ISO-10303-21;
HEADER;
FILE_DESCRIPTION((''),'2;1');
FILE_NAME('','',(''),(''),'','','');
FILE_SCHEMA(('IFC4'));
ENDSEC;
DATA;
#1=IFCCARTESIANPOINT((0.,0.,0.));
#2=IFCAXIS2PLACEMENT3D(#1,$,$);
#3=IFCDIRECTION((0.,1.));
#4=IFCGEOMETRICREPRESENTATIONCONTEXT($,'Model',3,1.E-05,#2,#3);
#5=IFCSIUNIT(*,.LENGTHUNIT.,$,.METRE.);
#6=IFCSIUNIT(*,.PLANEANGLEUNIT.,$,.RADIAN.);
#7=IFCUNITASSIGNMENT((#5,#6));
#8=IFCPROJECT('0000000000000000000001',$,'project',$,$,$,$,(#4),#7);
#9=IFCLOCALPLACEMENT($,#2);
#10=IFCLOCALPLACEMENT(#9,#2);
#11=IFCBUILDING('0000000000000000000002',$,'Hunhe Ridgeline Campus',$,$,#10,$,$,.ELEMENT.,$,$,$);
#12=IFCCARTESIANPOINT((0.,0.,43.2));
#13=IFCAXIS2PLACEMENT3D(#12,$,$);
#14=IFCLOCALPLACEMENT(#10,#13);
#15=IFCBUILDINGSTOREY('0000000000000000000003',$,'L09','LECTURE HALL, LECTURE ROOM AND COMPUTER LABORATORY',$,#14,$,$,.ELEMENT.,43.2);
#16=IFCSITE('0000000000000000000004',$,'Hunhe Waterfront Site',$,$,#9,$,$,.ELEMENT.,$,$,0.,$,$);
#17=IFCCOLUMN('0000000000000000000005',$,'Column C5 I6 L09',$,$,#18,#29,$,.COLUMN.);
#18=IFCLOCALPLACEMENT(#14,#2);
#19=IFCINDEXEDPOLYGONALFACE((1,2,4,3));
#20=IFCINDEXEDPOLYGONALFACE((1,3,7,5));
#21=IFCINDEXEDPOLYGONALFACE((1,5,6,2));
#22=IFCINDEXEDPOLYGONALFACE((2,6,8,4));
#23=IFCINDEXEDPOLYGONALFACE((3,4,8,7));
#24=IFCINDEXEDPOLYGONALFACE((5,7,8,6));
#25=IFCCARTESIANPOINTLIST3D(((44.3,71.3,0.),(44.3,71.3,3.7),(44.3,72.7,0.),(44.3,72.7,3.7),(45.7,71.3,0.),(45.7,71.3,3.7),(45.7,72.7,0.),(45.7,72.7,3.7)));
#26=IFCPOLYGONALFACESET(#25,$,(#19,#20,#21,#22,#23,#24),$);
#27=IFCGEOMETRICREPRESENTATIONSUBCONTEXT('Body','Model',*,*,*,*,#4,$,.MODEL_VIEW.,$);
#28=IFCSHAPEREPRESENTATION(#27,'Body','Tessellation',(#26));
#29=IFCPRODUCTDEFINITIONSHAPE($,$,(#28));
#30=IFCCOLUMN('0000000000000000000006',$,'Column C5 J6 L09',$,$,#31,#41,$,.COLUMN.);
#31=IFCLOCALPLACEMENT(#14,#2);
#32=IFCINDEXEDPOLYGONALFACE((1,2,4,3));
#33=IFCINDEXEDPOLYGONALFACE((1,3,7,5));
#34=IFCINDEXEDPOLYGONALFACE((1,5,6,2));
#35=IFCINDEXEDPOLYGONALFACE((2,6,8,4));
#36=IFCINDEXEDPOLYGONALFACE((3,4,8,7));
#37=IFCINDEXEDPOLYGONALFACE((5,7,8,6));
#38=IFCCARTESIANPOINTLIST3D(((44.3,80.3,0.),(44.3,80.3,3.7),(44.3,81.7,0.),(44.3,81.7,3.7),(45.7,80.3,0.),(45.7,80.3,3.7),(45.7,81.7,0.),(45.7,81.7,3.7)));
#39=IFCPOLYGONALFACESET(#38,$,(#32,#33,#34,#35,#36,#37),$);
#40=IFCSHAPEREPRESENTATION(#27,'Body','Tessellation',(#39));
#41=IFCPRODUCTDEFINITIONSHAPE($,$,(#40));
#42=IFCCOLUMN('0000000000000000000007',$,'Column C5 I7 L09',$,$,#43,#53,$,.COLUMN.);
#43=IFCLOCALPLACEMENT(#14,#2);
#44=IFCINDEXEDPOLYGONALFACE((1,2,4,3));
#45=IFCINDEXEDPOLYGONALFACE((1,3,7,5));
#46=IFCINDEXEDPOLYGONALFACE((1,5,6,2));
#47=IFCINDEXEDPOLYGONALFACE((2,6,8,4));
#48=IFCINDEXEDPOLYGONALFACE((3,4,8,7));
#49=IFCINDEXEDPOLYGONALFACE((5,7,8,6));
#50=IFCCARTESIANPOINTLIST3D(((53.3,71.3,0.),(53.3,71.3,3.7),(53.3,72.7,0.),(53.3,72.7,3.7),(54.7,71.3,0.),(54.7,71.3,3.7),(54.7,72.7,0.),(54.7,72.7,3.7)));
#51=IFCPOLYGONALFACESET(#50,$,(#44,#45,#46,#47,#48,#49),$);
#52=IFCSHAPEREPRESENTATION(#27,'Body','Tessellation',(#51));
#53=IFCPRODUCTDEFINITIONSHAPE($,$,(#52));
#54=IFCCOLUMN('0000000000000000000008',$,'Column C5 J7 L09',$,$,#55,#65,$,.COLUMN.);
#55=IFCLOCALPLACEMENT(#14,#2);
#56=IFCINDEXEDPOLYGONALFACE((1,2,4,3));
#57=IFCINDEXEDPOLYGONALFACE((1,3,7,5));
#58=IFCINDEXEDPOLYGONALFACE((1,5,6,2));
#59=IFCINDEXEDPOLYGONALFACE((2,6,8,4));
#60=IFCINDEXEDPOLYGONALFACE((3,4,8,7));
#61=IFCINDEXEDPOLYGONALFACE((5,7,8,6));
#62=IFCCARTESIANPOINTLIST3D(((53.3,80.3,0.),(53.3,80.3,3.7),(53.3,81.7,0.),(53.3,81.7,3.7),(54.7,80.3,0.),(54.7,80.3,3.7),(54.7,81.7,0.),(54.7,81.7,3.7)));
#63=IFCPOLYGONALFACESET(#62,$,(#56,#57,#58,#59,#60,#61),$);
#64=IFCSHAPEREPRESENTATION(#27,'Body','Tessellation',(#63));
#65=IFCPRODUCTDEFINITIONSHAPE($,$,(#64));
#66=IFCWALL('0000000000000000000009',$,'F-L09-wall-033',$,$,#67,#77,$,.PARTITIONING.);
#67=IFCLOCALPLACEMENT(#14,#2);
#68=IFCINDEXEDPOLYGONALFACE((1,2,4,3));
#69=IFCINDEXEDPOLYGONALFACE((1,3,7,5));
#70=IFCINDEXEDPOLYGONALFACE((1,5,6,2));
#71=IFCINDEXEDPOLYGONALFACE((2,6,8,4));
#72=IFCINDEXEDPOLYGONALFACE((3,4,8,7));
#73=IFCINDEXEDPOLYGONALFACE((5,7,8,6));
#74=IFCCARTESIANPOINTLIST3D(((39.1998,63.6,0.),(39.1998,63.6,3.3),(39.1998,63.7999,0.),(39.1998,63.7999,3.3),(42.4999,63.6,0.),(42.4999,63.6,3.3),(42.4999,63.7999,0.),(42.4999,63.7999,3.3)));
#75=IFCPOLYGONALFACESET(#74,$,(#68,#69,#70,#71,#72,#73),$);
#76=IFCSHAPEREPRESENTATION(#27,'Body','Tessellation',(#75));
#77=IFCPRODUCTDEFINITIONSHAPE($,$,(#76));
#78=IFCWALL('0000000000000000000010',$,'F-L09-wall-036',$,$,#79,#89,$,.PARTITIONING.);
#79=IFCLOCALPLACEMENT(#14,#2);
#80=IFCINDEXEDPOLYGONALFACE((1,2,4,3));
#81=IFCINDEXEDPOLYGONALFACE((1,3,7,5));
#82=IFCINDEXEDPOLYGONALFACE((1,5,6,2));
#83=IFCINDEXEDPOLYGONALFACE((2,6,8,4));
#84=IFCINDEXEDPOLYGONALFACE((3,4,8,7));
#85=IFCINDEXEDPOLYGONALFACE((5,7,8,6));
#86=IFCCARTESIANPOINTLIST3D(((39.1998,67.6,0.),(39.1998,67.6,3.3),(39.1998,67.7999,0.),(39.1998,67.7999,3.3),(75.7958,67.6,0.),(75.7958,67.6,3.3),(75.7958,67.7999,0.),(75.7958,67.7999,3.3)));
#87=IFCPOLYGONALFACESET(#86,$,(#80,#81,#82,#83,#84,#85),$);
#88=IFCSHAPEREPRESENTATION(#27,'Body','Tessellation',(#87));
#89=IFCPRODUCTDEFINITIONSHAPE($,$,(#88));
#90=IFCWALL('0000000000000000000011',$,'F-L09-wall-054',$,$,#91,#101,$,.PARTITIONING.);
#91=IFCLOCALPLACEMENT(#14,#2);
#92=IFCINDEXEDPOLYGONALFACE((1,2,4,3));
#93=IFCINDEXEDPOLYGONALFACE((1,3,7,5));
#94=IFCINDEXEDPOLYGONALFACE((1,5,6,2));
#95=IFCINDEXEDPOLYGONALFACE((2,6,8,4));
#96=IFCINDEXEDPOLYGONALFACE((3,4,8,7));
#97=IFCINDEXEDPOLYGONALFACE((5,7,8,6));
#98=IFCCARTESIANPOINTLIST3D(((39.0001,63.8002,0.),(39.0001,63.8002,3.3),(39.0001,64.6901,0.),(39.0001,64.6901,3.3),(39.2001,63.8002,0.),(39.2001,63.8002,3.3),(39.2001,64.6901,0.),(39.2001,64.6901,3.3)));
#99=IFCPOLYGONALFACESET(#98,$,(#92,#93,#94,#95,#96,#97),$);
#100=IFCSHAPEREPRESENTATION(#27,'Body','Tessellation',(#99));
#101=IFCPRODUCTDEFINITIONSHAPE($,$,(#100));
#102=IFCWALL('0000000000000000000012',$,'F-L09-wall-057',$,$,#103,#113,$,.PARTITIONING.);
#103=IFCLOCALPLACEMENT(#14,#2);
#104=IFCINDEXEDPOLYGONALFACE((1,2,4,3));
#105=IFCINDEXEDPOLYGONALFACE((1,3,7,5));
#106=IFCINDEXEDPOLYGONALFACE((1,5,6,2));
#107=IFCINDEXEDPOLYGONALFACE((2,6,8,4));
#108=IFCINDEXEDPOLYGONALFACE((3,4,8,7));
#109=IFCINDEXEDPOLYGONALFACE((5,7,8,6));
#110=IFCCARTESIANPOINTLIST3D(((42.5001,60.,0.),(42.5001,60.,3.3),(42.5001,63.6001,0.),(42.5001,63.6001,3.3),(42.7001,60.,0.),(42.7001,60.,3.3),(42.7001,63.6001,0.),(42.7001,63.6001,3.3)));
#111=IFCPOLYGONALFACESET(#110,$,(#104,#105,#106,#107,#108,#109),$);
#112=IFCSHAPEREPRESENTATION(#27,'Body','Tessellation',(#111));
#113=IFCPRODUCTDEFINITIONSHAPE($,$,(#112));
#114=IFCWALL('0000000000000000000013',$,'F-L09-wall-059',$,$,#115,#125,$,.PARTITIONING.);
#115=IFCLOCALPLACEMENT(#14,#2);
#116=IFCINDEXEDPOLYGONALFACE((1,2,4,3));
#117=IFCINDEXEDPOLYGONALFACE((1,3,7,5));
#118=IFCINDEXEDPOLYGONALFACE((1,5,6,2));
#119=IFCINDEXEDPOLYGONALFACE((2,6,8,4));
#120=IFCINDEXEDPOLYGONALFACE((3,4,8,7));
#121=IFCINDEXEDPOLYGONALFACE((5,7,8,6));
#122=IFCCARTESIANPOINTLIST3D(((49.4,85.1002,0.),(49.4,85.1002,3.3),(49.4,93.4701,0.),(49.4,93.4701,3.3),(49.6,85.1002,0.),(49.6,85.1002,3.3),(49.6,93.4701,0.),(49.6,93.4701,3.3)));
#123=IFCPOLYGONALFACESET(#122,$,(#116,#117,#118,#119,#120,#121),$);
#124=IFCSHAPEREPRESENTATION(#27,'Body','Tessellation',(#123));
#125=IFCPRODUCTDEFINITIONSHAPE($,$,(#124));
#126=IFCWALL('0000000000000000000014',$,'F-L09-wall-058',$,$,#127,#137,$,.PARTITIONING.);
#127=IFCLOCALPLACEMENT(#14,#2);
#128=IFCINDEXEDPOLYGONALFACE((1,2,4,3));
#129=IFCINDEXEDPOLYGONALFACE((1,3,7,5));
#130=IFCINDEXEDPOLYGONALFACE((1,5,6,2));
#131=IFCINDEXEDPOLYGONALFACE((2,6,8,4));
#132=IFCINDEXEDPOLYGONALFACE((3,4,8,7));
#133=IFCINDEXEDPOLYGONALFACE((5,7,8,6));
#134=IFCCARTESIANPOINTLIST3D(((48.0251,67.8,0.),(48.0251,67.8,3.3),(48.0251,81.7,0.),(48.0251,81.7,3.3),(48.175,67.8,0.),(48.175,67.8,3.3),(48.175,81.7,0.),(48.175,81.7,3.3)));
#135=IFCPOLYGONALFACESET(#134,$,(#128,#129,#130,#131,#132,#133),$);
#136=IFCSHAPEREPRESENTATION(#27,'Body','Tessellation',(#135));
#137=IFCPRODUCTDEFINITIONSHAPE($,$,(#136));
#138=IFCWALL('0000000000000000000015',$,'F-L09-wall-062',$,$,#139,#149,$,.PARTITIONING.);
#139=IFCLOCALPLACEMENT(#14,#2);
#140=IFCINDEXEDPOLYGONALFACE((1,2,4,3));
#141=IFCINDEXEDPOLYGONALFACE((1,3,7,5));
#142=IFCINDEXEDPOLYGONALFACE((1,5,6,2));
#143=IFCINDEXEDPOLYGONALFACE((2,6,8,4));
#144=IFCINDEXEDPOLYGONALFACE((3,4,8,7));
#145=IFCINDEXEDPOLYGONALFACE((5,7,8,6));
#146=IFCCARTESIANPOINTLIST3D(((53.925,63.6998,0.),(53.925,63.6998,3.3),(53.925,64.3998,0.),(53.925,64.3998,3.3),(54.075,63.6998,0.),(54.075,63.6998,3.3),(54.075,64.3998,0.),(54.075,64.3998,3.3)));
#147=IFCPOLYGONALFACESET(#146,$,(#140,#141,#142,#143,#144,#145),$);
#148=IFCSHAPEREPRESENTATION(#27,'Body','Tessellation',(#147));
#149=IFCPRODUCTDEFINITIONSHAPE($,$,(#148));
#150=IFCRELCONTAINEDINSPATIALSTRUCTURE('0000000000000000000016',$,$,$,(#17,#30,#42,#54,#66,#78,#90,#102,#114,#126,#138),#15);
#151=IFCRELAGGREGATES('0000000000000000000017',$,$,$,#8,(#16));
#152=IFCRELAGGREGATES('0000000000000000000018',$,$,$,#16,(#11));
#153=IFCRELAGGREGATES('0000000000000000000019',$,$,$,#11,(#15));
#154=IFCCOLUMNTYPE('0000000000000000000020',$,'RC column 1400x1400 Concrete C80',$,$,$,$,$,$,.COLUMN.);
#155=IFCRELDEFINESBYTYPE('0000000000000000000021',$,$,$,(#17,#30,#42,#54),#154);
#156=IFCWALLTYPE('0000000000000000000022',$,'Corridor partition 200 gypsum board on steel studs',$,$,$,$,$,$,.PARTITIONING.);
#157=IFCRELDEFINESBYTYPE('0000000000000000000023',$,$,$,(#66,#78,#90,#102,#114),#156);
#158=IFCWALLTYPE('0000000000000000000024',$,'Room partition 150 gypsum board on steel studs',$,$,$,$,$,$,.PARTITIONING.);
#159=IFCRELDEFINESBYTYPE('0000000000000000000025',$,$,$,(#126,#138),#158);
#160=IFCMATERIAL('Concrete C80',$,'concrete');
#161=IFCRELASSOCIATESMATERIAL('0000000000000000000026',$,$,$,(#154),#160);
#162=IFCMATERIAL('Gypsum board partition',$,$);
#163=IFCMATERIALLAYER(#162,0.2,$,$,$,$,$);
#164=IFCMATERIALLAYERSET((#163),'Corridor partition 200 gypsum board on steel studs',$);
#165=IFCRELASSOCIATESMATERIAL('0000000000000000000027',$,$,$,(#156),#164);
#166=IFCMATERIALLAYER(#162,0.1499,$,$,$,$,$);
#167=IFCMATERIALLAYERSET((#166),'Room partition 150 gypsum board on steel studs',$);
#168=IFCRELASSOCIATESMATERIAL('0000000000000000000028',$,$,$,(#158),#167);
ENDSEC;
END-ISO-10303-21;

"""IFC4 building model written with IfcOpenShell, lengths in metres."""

from ifc_helpers import new_model, si_unit, direction, frame, frame_2d, origin, origin_2d, place, context, subcontext, project, spatial, rectangle, extrude, material, layer, layer_set, material_profile, profile_set, type_object, element, save


model = new_model("IFC4")

# Units and contexts
model_context = context("Model", 3, precision=1e-05, world=origin(), true_north=direction((0.0, 1.0)))
body_context = subcontext(model_context, "Body", "Model", "MODEL_VIEW")
ifc_project = project(units=[si_unit("LENGTHUNIT", "METRE"), si_unit("PLANEANGLEUNIT", "RADIAN")], contexts=[model_context])

# Site, building, storey
site_placement = place(None, origin())
site = spatial("IfcSite", under=ifc_project, at=site_placement, Name="Hunhe Waterfront Site", CompositionType="ELEMENT", RefElevation=0.0)
building_placement = place(site_placement, origin())
building = spatial("IfcBuilding", under=site, at=building_placement, Name="Hunhe Ridgeline Campus", CompositionType="ELEMENT")
storey_placement = place(building_placement, frame((0.0, 0.0, 43.2)))
storey = spatial("IfcBuildingStorey", under=building, at=storey_placement, Name="L09", Description="LECTURE HALL, LECTURE ROOM AND COMPUTER LABORATORY", CompositionType="ELEMENT", Elevation=43.2)

# Columns
ifc_material_1 = material(Name="Concrete C80", Category="concrete")
ifc_material_profile = material_profile(ifc_material_1, rectangle(XDim=1.3999, YDim=1.3999, at=origin_2d()))
ifc_profile_set = profile_set([ifc_material_profile], Name="Concrete C80")
column_type = type_object("IfcColumnType", Name="RC column 1400x1400 Concrete C80", PredefinedType="COLUMN", material=ifc_profile_set)
for number, where, z_axis, x_axis, name in (
    (1, (45.0, 72.0, 0.0), (0.0, 0.0, 1.0), (1.0, 0.0, 0.0), "Column C5 I6 L09"),
    (2, (45.0, 81.0, 0.0), (0.0, 0.0, 1.0), (1.0, 0.0, 0.0), "Column C5 J6 L09"),
    (3, (54.0, 72.0, 0.0), (0.0, 0.0, 1.0), (1.0, 0.0, 0.0), "Column C5 I7 L09"),
    (4, (54.0, 81.0, 0.0), (0.0, 0.0, 1.0), (1.0, 0.0, 0.0), "Column C5 J7 L09"),
):
    element("IfcColumn", number, at=place(storey_placement, frame(where, z_axis=z_axis, x_axis=x_axis)), inside=storey, type_object=column_type, Name=name, PredefinedType="COLUMN", context=body_context, shape_type="SweptSolid", body=[
        extrude(rectangle(XDim=1.3999, YDim=1.3999, at=origin_2d()), origin(), (0.0, 0.0, 1.0), 3.7),
    ])

# Walls
ifc_material_2 = material(Name="Gypsum board partition")
ifc_layer_1 = layer(ifc_material_2, 0.2)
ifc_layer_set_1 = layer_set([ifc_layer_1], Name="Corridor partition 200 gypsum board on steel studs")
wall_type_1 = type_object("IfcWallType", Name="Corridor partition 200 gypsum board on steel studs", PredefinedType="PARTITIONING", material=ifc_layer_set_1)
wall_1_placement = place(storey_placement, frame((39.2, 63.7, 0.0), z_axis=(0.0, 0.0, 1.0), x_axis=(1.0, 0.0, 0.0)))
element("IfcWall", 5, at=wall_1_placement, inside=storey, type_object=wall_type_1, Name="F-L09-wall-033", PredefinedType="PARTITIONING", context=body_context, shape_type="SweptSolid", body=[
    extrude(rectangle(XDim=3.3, YDim=0.2, at=frame_2d((1.6499, 0.0))), origin(), (0.0, 0.0, 1.0), 3.3),
])
wall_2_placement = place(storey_placement, frame((39.2, 67.7, 0.0), z_axis=(0.0, 0.0, 1.0), x_axis=(1.0, 0.0, 0.0)))
element("IfcWall", 6, at=wall_2_placement, inside=storey, type_object=wall_type_1, Name="F-L09-wall-036", PredefinedType="PARTITIONING", context=body_context, shape_type="SweptSolid", body=[
    extrude(rectangle(XDim=36.5959, YDim=0.2, at=frame_2d((18.2979, 0.0))), origin(), (0.0, 0.0, 1.0), 3.3),
])

# Wall
wall_3_placement = place(storey_placement, frame((39.1001, 64.6899, 0.0), z_axis=(0.0, 0.0, 1.0), x_axis=(0.0, -1.0, 0.0)))
element("IfcWall", 7, at=wall_3_placement, inside=storey, type_object=wall_type_1, Name="F-L09-wall-054", PredefinedType="PARTITIONING", context=body_context, shape_type="SweptSolid", body=[
    extrude(rectangle(XDim=0.8899, YDim=0.2, at=frame_2d((0.4448, 0.0))), origin(), (0.0, 0.0, 1.0), 3.3),
])

# Walls
wall_4_placement = place(storey_placement, frame((42.6001, 63.6001, 0.0), z_axis=(0.0, 0.0, 1.0), x_axis=(0.0, -1.0, 0.0)))
element("IfcWall", 8, at=wall_4_placement, inside=storey, type_object=wall_type_1, Name="F-L09-wall-057", PredefinedType="PARTITIONING", context=body_context, shape_type="SweptSolid", body=[
    extrude(rectangle(XDim=3.6001, YDim=0.2, at=frame_2d((1.8, 0.0))), origin(), (0.0, 0.0, 1.0), 3.3),
])
wall_5_placement = place(storey_placement, frame((49.5, 85.1001, 0.0), z_axis=(0.0, 0.0, 1.0), x_axis=(0.0, 1.0, 0.0)))
element("IfcWall", 9, at=wall_5_placement, inside=storey, type_object=wall_type_1, Name="F-L09-wall-059", PredefinedType="PARTITIONING", context=body_context, shape_type="SweptSolid", body=[
    extrude(rectangle(XDim=8.3699, YDim=0.2, at=frame_2d((4.1851, 0.0))), origin(), (0.0, 0.0, 1.0), 3.3),
])
ifc_layer_2 = layer(ifc_material_2, 0.1499)
ifc_layer_set_2 = layer_set([ifc_layer_2], Name="Room partition 150 gypsum board on steel studs")
wall_type_2 = type_object("IfcWallType", Name="Room partition 150 gypsum board on steel studs", PredefinedType="PARTITIONING", material=ifc_layer_set_2)
wall_6_placement = place(storey_placement, frame((48.1001, 81.7, 0.0), z_axis=(0.0, 0.0, 1.0), x_axis=(0.0, -1.0, 0.0)))
element("IfcWall", 10, at=wall_6_placement, inside=storey, type_object=wall_type_2, Name="F-L09-wall-058", PredefinedType="PARTITIONING", context=body_context, shape_type="SweptSolid", body=[
    extrude(rectangle(XDim=13.8999, YDim=0.1499, at=frame_2d((6.95, 0.0))), origin(), (0.0, 0.0, 1.0), 3.3),
])
wall_7_placement = place(storey_placement, frame((54.0, 64.3999, 0.0), z_axis=(0.0, 0.0, 1.0), x_axis=(0.0, -1.0, 0.0)))
element("IfcWall", 11, at=wall_7_placement, inside=storey, type_object=wall_type_2, Name="F-L09-wall-062", PredefinedType="PARTITIONING", context=body_context, shape_type="SweptSolid", body=[
    extrude(rectangle(XDim=0.7, YDim=0.1499, at=frame_2d((0.3501, 0.0))), origin(), (0.0, 0.0, 1.0), 3.3),
])

save(model, "model.ifc")
